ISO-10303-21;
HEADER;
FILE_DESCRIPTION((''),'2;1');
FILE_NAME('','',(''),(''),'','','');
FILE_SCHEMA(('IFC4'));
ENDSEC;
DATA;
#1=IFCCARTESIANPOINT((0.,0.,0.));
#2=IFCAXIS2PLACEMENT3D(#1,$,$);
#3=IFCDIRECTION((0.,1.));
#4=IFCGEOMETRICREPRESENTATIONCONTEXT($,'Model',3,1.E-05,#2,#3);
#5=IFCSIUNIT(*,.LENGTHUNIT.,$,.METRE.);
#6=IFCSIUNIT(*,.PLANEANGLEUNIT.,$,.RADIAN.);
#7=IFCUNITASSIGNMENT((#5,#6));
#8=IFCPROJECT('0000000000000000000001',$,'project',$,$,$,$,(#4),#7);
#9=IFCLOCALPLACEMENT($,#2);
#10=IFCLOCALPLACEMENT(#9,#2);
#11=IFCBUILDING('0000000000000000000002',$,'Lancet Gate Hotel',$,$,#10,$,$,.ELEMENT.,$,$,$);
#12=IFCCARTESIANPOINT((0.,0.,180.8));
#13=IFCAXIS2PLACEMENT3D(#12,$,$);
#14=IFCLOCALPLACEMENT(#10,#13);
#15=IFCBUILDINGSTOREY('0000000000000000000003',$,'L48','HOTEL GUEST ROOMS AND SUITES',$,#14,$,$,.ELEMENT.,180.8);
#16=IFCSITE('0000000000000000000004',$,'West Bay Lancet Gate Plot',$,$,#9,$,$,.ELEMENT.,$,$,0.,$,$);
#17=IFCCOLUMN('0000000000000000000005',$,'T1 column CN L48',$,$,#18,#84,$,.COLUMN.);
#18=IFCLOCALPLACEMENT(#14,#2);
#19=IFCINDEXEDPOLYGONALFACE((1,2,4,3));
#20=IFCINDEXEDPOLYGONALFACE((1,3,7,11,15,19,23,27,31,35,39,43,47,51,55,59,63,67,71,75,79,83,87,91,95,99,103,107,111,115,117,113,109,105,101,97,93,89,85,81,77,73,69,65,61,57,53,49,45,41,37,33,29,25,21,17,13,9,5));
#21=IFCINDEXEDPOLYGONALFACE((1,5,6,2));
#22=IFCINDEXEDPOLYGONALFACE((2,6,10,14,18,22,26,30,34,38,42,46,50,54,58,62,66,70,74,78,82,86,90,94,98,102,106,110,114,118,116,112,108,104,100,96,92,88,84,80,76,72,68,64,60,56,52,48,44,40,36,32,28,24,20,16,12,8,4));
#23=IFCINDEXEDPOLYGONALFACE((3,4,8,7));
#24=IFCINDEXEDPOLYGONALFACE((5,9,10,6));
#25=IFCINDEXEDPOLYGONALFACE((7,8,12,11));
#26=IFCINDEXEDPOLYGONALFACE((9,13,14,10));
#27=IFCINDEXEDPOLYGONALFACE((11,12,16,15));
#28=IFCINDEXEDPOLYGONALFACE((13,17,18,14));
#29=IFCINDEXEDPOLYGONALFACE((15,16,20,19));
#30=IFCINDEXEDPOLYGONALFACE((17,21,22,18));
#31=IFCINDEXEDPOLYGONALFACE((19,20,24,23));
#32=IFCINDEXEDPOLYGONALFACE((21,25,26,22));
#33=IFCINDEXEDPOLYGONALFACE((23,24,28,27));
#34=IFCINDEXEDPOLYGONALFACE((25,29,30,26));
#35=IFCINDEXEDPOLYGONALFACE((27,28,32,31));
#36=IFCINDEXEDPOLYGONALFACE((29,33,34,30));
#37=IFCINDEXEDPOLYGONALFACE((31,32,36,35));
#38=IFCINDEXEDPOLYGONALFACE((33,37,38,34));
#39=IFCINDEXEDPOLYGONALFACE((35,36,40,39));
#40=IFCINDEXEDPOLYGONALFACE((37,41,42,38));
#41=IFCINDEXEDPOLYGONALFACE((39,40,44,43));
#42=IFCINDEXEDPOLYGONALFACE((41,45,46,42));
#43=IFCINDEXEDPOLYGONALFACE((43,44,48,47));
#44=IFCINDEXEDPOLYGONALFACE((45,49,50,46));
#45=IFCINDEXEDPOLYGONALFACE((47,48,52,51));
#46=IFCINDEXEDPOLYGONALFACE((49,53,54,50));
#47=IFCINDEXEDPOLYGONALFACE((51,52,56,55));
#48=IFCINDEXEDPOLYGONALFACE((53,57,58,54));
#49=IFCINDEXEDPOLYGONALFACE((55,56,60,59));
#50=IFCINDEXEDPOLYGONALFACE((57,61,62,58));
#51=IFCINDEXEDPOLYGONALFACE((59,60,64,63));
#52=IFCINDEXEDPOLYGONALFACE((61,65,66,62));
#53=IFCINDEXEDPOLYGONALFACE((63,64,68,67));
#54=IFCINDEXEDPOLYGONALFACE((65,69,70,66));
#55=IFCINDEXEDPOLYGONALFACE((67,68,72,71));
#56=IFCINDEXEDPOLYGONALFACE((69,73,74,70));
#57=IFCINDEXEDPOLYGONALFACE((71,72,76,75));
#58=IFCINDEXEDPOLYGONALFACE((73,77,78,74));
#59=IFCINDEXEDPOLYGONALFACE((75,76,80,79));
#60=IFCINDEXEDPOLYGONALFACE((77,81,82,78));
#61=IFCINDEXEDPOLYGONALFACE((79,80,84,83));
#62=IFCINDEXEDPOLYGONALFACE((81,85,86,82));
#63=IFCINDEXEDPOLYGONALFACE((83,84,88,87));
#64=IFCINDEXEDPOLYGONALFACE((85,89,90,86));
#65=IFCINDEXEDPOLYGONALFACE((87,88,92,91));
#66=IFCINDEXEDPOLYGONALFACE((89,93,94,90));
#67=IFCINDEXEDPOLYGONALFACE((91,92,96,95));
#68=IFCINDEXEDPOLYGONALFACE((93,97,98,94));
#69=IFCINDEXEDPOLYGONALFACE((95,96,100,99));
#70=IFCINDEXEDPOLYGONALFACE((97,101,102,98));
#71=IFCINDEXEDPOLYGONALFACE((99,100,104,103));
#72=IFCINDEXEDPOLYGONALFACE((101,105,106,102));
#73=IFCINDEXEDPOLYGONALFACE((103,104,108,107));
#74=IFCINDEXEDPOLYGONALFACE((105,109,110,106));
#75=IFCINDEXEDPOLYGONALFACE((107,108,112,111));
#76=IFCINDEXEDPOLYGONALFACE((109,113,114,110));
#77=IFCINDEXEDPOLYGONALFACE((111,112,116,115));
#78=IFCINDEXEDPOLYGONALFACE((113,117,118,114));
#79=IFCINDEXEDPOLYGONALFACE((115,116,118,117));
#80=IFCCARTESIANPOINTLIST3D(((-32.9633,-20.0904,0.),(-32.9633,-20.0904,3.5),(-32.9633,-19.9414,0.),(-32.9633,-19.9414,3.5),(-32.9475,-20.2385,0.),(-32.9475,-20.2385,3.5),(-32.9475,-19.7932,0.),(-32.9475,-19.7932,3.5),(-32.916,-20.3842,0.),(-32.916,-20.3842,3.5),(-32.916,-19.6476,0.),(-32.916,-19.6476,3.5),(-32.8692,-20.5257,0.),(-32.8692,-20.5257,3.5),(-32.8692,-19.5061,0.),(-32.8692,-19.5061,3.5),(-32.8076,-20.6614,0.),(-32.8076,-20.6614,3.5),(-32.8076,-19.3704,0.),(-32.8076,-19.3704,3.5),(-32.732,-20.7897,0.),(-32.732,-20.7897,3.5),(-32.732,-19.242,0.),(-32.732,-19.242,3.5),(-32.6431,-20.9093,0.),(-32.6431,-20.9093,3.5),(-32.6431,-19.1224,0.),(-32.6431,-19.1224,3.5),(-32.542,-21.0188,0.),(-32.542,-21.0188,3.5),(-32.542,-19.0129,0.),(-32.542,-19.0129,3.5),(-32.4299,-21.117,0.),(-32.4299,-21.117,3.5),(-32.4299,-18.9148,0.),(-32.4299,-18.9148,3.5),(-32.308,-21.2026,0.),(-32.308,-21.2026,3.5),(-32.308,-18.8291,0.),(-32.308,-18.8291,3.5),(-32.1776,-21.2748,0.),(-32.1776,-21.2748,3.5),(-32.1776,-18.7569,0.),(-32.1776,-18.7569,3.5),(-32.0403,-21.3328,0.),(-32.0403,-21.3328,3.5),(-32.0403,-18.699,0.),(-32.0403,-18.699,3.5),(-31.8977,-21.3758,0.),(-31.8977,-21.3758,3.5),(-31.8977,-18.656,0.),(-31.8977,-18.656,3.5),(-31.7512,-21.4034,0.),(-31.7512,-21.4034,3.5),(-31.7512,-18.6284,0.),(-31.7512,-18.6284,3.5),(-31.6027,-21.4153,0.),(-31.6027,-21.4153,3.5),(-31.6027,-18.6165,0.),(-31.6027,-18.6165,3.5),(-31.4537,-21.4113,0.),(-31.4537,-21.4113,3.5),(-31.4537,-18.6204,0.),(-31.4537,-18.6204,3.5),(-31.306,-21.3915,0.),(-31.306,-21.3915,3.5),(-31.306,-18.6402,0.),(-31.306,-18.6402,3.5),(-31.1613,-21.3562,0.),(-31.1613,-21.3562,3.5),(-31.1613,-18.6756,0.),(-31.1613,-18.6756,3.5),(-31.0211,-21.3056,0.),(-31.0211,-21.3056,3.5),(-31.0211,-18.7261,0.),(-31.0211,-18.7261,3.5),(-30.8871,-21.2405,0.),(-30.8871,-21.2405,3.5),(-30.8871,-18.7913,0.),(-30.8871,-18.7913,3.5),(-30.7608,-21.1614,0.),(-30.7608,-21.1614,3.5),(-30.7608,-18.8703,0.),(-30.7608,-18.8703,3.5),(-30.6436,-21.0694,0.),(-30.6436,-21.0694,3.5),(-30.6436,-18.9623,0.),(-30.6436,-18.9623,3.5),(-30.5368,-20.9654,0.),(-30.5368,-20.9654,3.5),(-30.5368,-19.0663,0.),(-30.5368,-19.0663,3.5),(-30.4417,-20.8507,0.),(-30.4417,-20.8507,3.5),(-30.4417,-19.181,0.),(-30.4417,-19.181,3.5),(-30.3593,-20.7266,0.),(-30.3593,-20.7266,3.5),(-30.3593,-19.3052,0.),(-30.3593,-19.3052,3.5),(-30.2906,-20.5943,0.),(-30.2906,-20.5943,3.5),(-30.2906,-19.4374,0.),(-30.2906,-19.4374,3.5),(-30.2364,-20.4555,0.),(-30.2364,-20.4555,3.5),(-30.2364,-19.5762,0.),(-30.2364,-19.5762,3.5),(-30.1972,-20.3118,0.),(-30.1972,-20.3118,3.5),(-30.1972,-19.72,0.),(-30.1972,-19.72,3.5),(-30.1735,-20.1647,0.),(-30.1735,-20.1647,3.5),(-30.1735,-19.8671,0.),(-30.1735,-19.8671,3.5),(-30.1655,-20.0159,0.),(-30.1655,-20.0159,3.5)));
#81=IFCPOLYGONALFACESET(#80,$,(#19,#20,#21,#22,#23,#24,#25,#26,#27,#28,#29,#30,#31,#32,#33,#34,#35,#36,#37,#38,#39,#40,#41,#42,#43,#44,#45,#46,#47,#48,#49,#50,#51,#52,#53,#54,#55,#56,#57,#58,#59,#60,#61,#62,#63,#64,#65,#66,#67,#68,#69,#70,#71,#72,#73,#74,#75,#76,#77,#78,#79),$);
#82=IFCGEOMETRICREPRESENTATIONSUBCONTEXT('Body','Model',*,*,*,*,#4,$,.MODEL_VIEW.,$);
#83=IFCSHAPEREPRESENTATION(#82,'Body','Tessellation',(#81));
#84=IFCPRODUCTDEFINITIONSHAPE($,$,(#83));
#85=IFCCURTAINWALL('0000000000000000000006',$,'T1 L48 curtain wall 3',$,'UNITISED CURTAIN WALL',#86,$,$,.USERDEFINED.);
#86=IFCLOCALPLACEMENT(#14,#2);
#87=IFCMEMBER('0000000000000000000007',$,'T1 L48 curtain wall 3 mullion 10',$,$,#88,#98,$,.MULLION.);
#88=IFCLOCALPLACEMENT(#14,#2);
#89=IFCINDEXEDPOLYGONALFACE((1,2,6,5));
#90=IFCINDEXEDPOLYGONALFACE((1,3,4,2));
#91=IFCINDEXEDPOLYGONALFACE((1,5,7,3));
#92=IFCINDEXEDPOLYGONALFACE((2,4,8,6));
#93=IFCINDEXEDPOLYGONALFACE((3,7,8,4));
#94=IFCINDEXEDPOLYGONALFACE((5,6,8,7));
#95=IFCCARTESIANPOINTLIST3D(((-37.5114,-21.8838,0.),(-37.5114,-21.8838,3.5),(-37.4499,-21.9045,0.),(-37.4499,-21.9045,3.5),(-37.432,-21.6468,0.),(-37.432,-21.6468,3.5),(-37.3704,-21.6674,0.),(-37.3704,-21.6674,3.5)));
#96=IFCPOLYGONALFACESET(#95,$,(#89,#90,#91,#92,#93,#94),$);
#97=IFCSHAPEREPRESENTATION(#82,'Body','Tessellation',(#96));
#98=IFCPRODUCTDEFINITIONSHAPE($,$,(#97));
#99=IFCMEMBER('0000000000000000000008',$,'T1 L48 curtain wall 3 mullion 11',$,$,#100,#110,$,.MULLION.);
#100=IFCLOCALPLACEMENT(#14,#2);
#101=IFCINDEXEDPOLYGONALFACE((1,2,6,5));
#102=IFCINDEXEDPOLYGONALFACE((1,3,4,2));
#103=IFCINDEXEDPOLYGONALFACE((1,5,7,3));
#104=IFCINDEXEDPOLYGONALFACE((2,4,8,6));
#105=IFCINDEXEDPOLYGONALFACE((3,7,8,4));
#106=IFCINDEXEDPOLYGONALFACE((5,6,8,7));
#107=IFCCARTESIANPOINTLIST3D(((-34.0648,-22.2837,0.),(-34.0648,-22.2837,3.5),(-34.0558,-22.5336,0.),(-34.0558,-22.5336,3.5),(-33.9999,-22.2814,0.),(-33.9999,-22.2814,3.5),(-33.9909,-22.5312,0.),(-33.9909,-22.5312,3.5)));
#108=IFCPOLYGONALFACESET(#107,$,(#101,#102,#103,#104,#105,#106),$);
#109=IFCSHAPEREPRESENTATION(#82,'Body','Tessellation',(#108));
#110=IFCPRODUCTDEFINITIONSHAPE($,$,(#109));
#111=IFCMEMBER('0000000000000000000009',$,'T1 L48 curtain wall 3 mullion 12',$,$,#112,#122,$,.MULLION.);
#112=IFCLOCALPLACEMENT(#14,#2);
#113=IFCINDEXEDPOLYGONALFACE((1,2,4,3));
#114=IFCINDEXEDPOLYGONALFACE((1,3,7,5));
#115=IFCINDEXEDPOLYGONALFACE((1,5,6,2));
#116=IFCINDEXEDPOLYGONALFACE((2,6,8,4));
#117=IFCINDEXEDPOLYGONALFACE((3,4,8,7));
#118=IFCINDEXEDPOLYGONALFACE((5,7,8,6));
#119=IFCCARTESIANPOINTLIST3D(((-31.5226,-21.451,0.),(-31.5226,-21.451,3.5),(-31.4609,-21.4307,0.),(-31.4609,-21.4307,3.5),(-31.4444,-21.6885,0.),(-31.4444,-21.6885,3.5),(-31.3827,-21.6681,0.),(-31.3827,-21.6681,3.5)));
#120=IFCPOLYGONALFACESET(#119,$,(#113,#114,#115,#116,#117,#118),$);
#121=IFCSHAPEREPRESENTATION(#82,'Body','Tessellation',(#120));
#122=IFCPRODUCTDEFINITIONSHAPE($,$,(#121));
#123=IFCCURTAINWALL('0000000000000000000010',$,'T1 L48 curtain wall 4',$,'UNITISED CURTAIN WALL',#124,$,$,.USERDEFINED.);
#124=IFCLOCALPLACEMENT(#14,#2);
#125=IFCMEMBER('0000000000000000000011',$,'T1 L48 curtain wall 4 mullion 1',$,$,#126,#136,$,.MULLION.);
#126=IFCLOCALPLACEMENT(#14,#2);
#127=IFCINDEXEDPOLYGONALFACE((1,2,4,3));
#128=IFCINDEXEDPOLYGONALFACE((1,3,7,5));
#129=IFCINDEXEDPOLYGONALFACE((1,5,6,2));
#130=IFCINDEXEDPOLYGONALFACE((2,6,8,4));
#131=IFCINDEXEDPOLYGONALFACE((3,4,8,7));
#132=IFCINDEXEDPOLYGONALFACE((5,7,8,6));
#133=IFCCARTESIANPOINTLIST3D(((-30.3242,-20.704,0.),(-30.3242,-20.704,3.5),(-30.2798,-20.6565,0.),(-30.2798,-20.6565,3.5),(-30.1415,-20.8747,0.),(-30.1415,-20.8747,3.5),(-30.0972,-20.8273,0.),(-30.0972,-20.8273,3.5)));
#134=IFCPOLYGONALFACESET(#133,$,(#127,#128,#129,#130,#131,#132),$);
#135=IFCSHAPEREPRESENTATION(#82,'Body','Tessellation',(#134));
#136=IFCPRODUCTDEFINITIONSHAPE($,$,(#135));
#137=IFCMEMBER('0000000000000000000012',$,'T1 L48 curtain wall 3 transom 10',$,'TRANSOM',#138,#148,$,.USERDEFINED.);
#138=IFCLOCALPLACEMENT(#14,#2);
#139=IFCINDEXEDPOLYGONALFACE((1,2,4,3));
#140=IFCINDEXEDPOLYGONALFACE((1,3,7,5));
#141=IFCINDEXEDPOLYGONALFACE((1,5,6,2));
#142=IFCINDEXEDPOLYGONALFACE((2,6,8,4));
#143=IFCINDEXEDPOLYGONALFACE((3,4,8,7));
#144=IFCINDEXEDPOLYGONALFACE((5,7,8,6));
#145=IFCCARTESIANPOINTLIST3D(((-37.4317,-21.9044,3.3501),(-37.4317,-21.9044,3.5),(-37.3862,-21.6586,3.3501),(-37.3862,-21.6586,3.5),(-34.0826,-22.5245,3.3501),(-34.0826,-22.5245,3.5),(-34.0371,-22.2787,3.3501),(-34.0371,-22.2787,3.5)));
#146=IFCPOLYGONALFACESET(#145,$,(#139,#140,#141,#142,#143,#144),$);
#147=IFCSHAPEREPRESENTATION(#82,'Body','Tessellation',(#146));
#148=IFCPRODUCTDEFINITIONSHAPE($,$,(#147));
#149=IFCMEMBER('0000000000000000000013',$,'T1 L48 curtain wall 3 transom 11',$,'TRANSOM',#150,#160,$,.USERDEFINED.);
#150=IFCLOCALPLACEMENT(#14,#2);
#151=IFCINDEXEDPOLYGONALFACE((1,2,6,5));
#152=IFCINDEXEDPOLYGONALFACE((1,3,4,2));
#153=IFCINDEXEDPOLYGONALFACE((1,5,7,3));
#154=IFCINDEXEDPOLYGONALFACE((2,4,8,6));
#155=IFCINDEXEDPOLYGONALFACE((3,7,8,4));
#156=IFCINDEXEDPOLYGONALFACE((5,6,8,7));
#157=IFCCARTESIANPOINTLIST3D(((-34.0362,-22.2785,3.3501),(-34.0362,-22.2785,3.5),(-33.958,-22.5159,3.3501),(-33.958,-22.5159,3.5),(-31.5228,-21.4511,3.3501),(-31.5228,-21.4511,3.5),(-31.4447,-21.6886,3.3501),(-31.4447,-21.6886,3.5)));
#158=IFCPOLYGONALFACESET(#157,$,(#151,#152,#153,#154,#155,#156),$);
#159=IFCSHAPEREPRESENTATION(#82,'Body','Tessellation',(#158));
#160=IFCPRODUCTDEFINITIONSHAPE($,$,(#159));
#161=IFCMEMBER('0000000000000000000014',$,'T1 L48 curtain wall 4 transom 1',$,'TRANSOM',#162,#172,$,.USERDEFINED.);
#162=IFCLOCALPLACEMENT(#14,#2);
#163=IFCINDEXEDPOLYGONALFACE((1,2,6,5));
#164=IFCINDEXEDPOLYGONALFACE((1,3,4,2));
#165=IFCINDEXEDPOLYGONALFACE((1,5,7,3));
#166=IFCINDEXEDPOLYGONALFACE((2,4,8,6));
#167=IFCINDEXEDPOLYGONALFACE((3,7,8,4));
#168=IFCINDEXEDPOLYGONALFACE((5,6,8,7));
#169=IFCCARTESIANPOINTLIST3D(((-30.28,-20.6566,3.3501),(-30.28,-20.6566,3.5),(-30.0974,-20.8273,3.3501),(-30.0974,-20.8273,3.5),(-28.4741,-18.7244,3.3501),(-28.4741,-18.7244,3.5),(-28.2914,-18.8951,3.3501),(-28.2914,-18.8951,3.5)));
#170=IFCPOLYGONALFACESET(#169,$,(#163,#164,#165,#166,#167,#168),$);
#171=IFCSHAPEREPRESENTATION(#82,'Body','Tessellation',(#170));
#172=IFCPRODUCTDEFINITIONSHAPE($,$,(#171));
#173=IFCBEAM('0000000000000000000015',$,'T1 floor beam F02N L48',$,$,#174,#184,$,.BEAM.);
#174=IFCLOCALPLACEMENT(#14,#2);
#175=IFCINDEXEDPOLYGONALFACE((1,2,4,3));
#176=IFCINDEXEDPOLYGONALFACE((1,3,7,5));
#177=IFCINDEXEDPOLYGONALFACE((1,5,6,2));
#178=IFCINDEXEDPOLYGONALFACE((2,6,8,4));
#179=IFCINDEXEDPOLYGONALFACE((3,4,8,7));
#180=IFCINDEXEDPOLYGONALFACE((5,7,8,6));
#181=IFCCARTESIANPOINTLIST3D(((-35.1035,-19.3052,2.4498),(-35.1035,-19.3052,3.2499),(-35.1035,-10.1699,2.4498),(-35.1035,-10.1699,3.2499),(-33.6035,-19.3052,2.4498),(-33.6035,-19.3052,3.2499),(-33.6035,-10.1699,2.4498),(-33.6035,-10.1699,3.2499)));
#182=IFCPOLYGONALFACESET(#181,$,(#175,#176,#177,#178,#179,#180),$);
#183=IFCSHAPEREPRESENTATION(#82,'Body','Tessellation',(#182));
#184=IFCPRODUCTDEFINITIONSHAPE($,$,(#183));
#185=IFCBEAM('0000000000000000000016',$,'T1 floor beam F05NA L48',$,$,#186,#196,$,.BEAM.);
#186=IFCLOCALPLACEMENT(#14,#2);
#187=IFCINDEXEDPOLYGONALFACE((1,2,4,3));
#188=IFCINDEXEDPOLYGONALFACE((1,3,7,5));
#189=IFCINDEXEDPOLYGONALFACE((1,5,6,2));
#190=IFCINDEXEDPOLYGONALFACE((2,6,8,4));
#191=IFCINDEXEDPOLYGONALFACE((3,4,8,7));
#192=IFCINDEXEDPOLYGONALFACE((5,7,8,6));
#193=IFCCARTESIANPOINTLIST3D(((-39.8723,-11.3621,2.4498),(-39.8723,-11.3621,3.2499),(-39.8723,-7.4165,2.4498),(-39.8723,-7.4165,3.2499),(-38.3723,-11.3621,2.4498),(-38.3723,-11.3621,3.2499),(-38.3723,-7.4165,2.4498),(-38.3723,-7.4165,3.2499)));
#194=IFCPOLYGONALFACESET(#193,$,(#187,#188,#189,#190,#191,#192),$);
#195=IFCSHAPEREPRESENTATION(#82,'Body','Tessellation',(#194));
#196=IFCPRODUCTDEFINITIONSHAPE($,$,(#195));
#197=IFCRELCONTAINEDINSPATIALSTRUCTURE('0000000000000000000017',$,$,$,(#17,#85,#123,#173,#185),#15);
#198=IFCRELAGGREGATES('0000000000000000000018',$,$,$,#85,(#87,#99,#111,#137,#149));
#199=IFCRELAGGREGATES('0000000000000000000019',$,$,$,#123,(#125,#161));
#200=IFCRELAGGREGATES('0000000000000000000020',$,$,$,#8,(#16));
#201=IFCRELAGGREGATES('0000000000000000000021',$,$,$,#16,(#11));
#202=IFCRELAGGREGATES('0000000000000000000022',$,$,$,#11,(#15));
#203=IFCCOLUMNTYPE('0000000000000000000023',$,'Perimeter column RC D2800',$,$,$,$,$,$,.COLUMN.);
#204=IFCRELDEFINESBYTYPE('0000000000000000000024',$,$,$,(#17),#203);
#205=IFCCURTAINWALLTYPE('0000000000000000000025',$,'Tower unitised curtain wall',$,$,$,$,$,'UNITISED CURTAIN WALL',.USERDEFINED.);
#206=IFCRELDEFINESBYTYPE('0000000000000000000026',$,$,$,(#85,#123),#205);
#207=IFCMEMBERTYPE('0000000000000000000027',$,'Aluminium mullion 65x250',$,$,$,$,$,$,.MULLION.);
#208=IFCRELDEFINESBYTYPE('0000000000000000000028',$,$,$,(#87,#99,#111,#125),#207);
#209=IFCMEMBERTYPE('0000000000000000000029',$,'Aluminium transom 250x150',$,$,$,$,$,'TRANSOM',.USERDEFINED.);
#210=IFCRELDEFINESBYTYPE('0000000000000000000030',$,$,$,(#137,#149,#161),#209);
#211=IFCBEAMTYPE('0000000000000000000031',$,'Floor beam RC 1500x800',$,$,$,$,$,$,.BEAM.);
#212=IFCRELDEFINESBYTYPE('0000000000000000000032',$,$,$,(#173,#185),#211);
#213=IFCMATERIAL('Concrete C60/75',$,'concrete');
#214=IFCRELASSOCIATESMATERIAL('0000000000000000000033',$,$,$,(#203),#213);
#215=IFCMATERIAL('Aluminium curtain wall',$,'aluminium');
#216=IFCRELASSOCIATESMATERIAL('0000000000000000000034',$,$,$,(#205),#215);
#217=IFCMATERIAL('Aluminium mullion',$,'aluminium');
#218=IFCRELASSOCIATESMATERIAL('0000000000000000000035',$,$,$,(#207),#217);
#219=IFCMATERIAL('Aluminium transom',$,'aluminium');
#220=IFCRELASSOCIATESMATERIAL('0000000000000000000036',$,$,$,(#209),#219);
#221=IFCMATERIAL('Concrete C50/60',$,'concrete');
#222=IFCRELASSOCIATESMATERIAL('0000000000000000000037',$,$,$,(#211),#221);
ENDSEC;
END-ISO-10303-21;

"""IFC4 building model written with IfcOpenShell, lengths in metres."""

from ifc_helpers import new_model, si_unit, direction, frame, origin, origin_2d, place, context, subcontext, project, spatial, rectangle, circle, extrude, material, material_profile, profile_set, type_object, element, aggregate, save


model = new_model("IFC4")

# Units and contexts
model_context = context("Model", 3, precision=1e-05, world=origin(), true_north=direction((0.0, 1.0)))
body_context = subcontext(model_context, "Body", "Model", "MODEL_VIEW")
ifc_project = project(units=[si_unit("LENGTHUNIT", "METRE"), si_unit("PLANEANGLEUNIT", "RADIAN")], contexts=[model_context])

# Site, building, storey
site_placement = place(None, origin())
site = spatial("IfcSite", under=ifc_project, at=site_placement, Name="West Bay Lancet Gate Plot", CompositionType="ELEMENT", RefElevation=0.0)
building_placement = place(site_placement, origin())
building = spatial("IfcBuilding", under=site, at=building_placement, Name="Lancet Gate Hotel", CompositionType="ELEMENT")
storey_placement = place(building_placement, frame((0.0, 0.0, 180.8)))
storey = spatial("IfcBuildingStorey", under=building, at=storey_placement, Name="L48", Description="HOTEL GUEST ROOMS AND SUITES", CompositionType="ELEMENT", Elevation=180.8)

# Column
ifc_material_1 = material(Name="Concrete C60/75", Category="concrete")
ifc_material_profile_1 = material_profile(ifc_material_1, circle(Radius=1.3999, at=origin_2d()), Name="RC D2800")
ifc_profile_set_1 = profile_set([ifc_material_profile_1], Name="Concrete C60/75")
column_type = type_object("IfcColumnType", Name="Perimeter column RC D2800", PredefinedType="COLUMN", material=ifc_profile_set_1)
column_placement = place(storey_placement, frame((-31.5654, -20.0159, 0.0), z_axis=(0.0, 0.0, 1.0), x_axis=(1.0, 0.0, 0.0)))
element("IfcColumn", 1, at=column_placement, inside=storey, type_object=column_type, Name="T1 column CN L48", PredefinedType="COLUMN", context=body_context, shape_type="SweptSolid", body=[
    extrude(circle(Radius=1.3999, at=origin_2d()), origin(), (0.0, 0.0, 1.0), 3.5),
])

# Curtain wall, members
ifc_material_2 = material(Name="Aluminium curtain wall", Category="aluminium")
curtain_wall_type = type_object("IfcCurtainWallType", Name="Tower unitised curtain wall", ElementType="UNITISED CURTAIN WALL", PredefinedType="USERDEFINED", material=ifc_material_2)
curtain_wall_1_placement = place(storey_placement, origin())
curtain_wall_1 = element("IfcCurtainWall", 2, at=curtain_wall_1_placement, inside=storey, type_object=curtain_wall_type, Name="T1 L48 curtain wall 3", ObjectType="UNITISED CURTAIN WALL", PredefinedType="USERDEFINED")
ifc_material_3 = material(Name="Aluminium mullion", Category="aluminium")
ifc_material_profile_2 = material_profile(ifc_material_3, rectangle(XDim=0.0649, YDim=0.25, at=origin_2d()), Name="MULLION 65x250")
ifc_profile_set_2 = profile_set([ifc_material_profile_2], Name="Aluminium mullion")
member_type_1 = type_object("IfcMemberType", Name="Aluminium mullion 65x250", PredefinedType="MULLION", material=ifc_profile_set_2)
member_1_placement = place(storey_placement, frame((-37.4409, -21.7756, 0.0), z_axis=(0.0, 0.0, 1.0), x_axis=(0.948119, -0.317915, 0.0)))
member_1 = element("IfcMember", 3, at=member_1_placement, type_object=member_type_1, Name="T1 L48 curtain wall 3 mullion 10", PredefinedType="MULLION", context=body_context, shape_type="SweptSolid", body=[
    extrude(rectangle(XDim=0.0649, YDim=0.25, at=origin_2d()), origin(), (0.0, 0.0, 1.0), 3.5),
])
member_2_placement = place(storey_placement, frame((-34.0278, -22.4075, 0.0), z_axis=(0.0, 0.0, 1.0), x_axis=(0.99935, 0.036037, 0.0)))
member_2 = element("IfcMember", 4, at=member_2_placement, type_object=member_type_1, Name="T1 L48 curtain wall 3 mullion 11", PredefinedType="MULLION", context=body_context, shape_type="SweptSolid", body=[
    extrude(rectangle(XDim=0.0649, YDim=0.25, at=origin_2d()), origin(), (0.0, 0.0, 1.0), 3.5),
])
member_3_placement = place(storey_placement, frame((-31.4526, -21.5596, 0.0), z_axis=(0.0, 0.0, 1.0), x_axis=(0.949848, 0.312712, 0.0)))
member_3 = element("IfcMember", 5, at=member_3_placement, type_object=member_type_1, Name="T1 L48 curtain wall 3 mullion 12", PredefinedType="MULLION", context=body_context, shape_type="SweptSolid", body=[
    extrude(rectangle(XDim=0.0649, YDim=0.25, at=origin_2d()), origin(), (0.0, 0.0, 1.0), 3.5),
])

# Curtain wall, member
curtain_wall_2_placement = place(storey_placement, origin())
curtain_wall_2 = element("IfcCurtainWall", 6, at=curtain_wall_2_placement, inside=storey, type_object=curtain_wall_type, Name="T1 L48 curtain wall 4", ObjectType="UNITISED CURTAIN WALL", PredefinedType="USERDEFINED")
member_4_placement = place(storey_placement, frame((-30.2107, -20.7656, 0.0), z_axis=(0.0, 0.0, 1.0), x_axis=(0.682845, 0.730563, 0.0)))
member_4 = element("IfcMember", 7, at=member_4_placement, type_object=member_type_1, Name="T1 L48 curtain wall 4 mullion 1", PredefinedType="MULLION", context=body_context, shape_type="SweptSolid", body=[
    extrude(rectangle(XDim=0.0649, YDim=0.25, at=origin_2d()), origin(), (0.0, 0.0, 1.0), 3.5),
])

# Members
ifc_material_4 = material(Name="Aluminium transom", Category="aluminium")
ifc_material_profile_3 = material_profile(ifc_material_4, rectangle(XDim=0.25, YDim=0.1499, at=origin_2d()), Name="TRANSOM 250x150")
ifc_profile_set_3 = profile_set([ifc_material_profile_3], Name="Aluminium transom")
member_type_2 = type_object("IfcMemberType", Name="Aluminium transom 250x150", ElementType="TRANSOM", PredefinedType="USERDEFINED", material=ifc_profile_set_3)
member_5_placement = place(storey_placement, frame((-37.4089, -21.7815, 3.425), z_axis=(0.983287, -0.182064, 0.0), x_axis=(0.182064, 0.983287, 0.0)))
member_5 = element("IfcMember", 8, at=member_5_placement, type_object=member_type_2, Name="T1 L48 curtain wall 3 transom 10", ObjectType="TRANSOM", PredefinedType="USERDEFINED", context=body_context, shape_type="SweptSolid", body=[
    extrude(rectangle(XDim=0.25, YDim=0.1499, at=origin_2d()), origin(), (0.0, 0.0, 1.0), 3.406),
])
member_6_placement = place(storey_placement, frame((-33.9971, -22.3972, 3.425), z_axis=(0.949858, 0.312683, 0.0), x_axis=(-0.312683, 0.949858, 0.0)))
member_6 = element("IfcMember", 9, at=member_6_placement, type_object=member_type_2, Name="T1 L48 curtain wall 3 transom 11", ObjectType="TRANSOM", PredefinedType="USERDEFINED", context=body_context, shape_type="SweptSolid", body=[
    extrude(rectangle(XDim=0.25, YDim=0.1499, at=origin_2d()), origin(), (0.0, 0.0, 1.0), 2.646),
])
member_7_placement = place(storey_placement, frame((-30.1887, -20.7419, 3.425), z_axis=(0.682841, 0.730567, 0.0), x_axis=(-0.730567, 0.682841, 0.0)))
member_7 = element("IfcMember", 10, at=member_7_placement, type_object=member_type_2, Name="T1 L48 curtain wall 4 transom 1", ObjectType="TRANSOM", PredefinedType="USERDEFINED", context=body_context, shape_type="SweptSolid", body=[
    extrude(rectangle(XDim=0.25, YDim=0.1499, at=origin_2d()), origin(), (0.0, 0.0, 1.0), 2.6448),
])

# Beams
ifc_material_5 = material(Name="Concrete C50/60", Category="concrete")
ifc_material_profile_4 = material_profile(ifc_material_5, rectangle(XDim=1.5, YDim=0.8, at=origin_2d()), Name="RC 1500x800")
ifc_profile_set_4 = profile_set([ifc_material_profile_4], Name="Concrete C50/60")
beam_type_1 = type_object("IfcBeamType", Name="Floor beam RC 1500x800", PredefinedType="BEAM", material=ifc_profile_set_4)
beam_1_placement = place(storey_placement, frame((-34.3535, -10.1699, 2.8499), z_axis=(0.0, -1.0, 0.0), x_axis=(1.0, 0.0, 0.0)))
element("IfcBeam", 11, at=beam_1_placement, inside=storey, type_object=beam_type_1, Name="T1 floor beam F02N L48", PredefinedType="BEAM", context=body_context, shape_type="SweptSolid", body=[
    extrude(rectangle(XDim=1.5, YDim=0.8, at=origin_2d()), origin(), (0.0, 0.0, 1.0), 9.1353),
])
beam_2_placement = place(storey_placement, frame((-39.1223, -7.4165, 2.8499), z_axis=(0.0, -1.0, 0.0), x_axis=(1.0, 0.0, 0.0)))
element("IfcBeam", 12, at=beam_2_placement, inside=storey, type_object=beam_type_1, Name="T1 floor beam F05NA L48", PredefinedType="BEAM", context=body_context, shape_type="SweptSolid", body=[
    extrude(rectangle(XDim=1.5, YDim=0.8, at=origin_2d()), origin(), (0.0, 0.0, 1.0), 3.9456),
])

aggregate(curtain_wall_1, [member_1, member_2, member_3, member_5, member_6])
aggregate(curtain_wall_2, [member_4, member_7])

save(model, "model.ifc")
